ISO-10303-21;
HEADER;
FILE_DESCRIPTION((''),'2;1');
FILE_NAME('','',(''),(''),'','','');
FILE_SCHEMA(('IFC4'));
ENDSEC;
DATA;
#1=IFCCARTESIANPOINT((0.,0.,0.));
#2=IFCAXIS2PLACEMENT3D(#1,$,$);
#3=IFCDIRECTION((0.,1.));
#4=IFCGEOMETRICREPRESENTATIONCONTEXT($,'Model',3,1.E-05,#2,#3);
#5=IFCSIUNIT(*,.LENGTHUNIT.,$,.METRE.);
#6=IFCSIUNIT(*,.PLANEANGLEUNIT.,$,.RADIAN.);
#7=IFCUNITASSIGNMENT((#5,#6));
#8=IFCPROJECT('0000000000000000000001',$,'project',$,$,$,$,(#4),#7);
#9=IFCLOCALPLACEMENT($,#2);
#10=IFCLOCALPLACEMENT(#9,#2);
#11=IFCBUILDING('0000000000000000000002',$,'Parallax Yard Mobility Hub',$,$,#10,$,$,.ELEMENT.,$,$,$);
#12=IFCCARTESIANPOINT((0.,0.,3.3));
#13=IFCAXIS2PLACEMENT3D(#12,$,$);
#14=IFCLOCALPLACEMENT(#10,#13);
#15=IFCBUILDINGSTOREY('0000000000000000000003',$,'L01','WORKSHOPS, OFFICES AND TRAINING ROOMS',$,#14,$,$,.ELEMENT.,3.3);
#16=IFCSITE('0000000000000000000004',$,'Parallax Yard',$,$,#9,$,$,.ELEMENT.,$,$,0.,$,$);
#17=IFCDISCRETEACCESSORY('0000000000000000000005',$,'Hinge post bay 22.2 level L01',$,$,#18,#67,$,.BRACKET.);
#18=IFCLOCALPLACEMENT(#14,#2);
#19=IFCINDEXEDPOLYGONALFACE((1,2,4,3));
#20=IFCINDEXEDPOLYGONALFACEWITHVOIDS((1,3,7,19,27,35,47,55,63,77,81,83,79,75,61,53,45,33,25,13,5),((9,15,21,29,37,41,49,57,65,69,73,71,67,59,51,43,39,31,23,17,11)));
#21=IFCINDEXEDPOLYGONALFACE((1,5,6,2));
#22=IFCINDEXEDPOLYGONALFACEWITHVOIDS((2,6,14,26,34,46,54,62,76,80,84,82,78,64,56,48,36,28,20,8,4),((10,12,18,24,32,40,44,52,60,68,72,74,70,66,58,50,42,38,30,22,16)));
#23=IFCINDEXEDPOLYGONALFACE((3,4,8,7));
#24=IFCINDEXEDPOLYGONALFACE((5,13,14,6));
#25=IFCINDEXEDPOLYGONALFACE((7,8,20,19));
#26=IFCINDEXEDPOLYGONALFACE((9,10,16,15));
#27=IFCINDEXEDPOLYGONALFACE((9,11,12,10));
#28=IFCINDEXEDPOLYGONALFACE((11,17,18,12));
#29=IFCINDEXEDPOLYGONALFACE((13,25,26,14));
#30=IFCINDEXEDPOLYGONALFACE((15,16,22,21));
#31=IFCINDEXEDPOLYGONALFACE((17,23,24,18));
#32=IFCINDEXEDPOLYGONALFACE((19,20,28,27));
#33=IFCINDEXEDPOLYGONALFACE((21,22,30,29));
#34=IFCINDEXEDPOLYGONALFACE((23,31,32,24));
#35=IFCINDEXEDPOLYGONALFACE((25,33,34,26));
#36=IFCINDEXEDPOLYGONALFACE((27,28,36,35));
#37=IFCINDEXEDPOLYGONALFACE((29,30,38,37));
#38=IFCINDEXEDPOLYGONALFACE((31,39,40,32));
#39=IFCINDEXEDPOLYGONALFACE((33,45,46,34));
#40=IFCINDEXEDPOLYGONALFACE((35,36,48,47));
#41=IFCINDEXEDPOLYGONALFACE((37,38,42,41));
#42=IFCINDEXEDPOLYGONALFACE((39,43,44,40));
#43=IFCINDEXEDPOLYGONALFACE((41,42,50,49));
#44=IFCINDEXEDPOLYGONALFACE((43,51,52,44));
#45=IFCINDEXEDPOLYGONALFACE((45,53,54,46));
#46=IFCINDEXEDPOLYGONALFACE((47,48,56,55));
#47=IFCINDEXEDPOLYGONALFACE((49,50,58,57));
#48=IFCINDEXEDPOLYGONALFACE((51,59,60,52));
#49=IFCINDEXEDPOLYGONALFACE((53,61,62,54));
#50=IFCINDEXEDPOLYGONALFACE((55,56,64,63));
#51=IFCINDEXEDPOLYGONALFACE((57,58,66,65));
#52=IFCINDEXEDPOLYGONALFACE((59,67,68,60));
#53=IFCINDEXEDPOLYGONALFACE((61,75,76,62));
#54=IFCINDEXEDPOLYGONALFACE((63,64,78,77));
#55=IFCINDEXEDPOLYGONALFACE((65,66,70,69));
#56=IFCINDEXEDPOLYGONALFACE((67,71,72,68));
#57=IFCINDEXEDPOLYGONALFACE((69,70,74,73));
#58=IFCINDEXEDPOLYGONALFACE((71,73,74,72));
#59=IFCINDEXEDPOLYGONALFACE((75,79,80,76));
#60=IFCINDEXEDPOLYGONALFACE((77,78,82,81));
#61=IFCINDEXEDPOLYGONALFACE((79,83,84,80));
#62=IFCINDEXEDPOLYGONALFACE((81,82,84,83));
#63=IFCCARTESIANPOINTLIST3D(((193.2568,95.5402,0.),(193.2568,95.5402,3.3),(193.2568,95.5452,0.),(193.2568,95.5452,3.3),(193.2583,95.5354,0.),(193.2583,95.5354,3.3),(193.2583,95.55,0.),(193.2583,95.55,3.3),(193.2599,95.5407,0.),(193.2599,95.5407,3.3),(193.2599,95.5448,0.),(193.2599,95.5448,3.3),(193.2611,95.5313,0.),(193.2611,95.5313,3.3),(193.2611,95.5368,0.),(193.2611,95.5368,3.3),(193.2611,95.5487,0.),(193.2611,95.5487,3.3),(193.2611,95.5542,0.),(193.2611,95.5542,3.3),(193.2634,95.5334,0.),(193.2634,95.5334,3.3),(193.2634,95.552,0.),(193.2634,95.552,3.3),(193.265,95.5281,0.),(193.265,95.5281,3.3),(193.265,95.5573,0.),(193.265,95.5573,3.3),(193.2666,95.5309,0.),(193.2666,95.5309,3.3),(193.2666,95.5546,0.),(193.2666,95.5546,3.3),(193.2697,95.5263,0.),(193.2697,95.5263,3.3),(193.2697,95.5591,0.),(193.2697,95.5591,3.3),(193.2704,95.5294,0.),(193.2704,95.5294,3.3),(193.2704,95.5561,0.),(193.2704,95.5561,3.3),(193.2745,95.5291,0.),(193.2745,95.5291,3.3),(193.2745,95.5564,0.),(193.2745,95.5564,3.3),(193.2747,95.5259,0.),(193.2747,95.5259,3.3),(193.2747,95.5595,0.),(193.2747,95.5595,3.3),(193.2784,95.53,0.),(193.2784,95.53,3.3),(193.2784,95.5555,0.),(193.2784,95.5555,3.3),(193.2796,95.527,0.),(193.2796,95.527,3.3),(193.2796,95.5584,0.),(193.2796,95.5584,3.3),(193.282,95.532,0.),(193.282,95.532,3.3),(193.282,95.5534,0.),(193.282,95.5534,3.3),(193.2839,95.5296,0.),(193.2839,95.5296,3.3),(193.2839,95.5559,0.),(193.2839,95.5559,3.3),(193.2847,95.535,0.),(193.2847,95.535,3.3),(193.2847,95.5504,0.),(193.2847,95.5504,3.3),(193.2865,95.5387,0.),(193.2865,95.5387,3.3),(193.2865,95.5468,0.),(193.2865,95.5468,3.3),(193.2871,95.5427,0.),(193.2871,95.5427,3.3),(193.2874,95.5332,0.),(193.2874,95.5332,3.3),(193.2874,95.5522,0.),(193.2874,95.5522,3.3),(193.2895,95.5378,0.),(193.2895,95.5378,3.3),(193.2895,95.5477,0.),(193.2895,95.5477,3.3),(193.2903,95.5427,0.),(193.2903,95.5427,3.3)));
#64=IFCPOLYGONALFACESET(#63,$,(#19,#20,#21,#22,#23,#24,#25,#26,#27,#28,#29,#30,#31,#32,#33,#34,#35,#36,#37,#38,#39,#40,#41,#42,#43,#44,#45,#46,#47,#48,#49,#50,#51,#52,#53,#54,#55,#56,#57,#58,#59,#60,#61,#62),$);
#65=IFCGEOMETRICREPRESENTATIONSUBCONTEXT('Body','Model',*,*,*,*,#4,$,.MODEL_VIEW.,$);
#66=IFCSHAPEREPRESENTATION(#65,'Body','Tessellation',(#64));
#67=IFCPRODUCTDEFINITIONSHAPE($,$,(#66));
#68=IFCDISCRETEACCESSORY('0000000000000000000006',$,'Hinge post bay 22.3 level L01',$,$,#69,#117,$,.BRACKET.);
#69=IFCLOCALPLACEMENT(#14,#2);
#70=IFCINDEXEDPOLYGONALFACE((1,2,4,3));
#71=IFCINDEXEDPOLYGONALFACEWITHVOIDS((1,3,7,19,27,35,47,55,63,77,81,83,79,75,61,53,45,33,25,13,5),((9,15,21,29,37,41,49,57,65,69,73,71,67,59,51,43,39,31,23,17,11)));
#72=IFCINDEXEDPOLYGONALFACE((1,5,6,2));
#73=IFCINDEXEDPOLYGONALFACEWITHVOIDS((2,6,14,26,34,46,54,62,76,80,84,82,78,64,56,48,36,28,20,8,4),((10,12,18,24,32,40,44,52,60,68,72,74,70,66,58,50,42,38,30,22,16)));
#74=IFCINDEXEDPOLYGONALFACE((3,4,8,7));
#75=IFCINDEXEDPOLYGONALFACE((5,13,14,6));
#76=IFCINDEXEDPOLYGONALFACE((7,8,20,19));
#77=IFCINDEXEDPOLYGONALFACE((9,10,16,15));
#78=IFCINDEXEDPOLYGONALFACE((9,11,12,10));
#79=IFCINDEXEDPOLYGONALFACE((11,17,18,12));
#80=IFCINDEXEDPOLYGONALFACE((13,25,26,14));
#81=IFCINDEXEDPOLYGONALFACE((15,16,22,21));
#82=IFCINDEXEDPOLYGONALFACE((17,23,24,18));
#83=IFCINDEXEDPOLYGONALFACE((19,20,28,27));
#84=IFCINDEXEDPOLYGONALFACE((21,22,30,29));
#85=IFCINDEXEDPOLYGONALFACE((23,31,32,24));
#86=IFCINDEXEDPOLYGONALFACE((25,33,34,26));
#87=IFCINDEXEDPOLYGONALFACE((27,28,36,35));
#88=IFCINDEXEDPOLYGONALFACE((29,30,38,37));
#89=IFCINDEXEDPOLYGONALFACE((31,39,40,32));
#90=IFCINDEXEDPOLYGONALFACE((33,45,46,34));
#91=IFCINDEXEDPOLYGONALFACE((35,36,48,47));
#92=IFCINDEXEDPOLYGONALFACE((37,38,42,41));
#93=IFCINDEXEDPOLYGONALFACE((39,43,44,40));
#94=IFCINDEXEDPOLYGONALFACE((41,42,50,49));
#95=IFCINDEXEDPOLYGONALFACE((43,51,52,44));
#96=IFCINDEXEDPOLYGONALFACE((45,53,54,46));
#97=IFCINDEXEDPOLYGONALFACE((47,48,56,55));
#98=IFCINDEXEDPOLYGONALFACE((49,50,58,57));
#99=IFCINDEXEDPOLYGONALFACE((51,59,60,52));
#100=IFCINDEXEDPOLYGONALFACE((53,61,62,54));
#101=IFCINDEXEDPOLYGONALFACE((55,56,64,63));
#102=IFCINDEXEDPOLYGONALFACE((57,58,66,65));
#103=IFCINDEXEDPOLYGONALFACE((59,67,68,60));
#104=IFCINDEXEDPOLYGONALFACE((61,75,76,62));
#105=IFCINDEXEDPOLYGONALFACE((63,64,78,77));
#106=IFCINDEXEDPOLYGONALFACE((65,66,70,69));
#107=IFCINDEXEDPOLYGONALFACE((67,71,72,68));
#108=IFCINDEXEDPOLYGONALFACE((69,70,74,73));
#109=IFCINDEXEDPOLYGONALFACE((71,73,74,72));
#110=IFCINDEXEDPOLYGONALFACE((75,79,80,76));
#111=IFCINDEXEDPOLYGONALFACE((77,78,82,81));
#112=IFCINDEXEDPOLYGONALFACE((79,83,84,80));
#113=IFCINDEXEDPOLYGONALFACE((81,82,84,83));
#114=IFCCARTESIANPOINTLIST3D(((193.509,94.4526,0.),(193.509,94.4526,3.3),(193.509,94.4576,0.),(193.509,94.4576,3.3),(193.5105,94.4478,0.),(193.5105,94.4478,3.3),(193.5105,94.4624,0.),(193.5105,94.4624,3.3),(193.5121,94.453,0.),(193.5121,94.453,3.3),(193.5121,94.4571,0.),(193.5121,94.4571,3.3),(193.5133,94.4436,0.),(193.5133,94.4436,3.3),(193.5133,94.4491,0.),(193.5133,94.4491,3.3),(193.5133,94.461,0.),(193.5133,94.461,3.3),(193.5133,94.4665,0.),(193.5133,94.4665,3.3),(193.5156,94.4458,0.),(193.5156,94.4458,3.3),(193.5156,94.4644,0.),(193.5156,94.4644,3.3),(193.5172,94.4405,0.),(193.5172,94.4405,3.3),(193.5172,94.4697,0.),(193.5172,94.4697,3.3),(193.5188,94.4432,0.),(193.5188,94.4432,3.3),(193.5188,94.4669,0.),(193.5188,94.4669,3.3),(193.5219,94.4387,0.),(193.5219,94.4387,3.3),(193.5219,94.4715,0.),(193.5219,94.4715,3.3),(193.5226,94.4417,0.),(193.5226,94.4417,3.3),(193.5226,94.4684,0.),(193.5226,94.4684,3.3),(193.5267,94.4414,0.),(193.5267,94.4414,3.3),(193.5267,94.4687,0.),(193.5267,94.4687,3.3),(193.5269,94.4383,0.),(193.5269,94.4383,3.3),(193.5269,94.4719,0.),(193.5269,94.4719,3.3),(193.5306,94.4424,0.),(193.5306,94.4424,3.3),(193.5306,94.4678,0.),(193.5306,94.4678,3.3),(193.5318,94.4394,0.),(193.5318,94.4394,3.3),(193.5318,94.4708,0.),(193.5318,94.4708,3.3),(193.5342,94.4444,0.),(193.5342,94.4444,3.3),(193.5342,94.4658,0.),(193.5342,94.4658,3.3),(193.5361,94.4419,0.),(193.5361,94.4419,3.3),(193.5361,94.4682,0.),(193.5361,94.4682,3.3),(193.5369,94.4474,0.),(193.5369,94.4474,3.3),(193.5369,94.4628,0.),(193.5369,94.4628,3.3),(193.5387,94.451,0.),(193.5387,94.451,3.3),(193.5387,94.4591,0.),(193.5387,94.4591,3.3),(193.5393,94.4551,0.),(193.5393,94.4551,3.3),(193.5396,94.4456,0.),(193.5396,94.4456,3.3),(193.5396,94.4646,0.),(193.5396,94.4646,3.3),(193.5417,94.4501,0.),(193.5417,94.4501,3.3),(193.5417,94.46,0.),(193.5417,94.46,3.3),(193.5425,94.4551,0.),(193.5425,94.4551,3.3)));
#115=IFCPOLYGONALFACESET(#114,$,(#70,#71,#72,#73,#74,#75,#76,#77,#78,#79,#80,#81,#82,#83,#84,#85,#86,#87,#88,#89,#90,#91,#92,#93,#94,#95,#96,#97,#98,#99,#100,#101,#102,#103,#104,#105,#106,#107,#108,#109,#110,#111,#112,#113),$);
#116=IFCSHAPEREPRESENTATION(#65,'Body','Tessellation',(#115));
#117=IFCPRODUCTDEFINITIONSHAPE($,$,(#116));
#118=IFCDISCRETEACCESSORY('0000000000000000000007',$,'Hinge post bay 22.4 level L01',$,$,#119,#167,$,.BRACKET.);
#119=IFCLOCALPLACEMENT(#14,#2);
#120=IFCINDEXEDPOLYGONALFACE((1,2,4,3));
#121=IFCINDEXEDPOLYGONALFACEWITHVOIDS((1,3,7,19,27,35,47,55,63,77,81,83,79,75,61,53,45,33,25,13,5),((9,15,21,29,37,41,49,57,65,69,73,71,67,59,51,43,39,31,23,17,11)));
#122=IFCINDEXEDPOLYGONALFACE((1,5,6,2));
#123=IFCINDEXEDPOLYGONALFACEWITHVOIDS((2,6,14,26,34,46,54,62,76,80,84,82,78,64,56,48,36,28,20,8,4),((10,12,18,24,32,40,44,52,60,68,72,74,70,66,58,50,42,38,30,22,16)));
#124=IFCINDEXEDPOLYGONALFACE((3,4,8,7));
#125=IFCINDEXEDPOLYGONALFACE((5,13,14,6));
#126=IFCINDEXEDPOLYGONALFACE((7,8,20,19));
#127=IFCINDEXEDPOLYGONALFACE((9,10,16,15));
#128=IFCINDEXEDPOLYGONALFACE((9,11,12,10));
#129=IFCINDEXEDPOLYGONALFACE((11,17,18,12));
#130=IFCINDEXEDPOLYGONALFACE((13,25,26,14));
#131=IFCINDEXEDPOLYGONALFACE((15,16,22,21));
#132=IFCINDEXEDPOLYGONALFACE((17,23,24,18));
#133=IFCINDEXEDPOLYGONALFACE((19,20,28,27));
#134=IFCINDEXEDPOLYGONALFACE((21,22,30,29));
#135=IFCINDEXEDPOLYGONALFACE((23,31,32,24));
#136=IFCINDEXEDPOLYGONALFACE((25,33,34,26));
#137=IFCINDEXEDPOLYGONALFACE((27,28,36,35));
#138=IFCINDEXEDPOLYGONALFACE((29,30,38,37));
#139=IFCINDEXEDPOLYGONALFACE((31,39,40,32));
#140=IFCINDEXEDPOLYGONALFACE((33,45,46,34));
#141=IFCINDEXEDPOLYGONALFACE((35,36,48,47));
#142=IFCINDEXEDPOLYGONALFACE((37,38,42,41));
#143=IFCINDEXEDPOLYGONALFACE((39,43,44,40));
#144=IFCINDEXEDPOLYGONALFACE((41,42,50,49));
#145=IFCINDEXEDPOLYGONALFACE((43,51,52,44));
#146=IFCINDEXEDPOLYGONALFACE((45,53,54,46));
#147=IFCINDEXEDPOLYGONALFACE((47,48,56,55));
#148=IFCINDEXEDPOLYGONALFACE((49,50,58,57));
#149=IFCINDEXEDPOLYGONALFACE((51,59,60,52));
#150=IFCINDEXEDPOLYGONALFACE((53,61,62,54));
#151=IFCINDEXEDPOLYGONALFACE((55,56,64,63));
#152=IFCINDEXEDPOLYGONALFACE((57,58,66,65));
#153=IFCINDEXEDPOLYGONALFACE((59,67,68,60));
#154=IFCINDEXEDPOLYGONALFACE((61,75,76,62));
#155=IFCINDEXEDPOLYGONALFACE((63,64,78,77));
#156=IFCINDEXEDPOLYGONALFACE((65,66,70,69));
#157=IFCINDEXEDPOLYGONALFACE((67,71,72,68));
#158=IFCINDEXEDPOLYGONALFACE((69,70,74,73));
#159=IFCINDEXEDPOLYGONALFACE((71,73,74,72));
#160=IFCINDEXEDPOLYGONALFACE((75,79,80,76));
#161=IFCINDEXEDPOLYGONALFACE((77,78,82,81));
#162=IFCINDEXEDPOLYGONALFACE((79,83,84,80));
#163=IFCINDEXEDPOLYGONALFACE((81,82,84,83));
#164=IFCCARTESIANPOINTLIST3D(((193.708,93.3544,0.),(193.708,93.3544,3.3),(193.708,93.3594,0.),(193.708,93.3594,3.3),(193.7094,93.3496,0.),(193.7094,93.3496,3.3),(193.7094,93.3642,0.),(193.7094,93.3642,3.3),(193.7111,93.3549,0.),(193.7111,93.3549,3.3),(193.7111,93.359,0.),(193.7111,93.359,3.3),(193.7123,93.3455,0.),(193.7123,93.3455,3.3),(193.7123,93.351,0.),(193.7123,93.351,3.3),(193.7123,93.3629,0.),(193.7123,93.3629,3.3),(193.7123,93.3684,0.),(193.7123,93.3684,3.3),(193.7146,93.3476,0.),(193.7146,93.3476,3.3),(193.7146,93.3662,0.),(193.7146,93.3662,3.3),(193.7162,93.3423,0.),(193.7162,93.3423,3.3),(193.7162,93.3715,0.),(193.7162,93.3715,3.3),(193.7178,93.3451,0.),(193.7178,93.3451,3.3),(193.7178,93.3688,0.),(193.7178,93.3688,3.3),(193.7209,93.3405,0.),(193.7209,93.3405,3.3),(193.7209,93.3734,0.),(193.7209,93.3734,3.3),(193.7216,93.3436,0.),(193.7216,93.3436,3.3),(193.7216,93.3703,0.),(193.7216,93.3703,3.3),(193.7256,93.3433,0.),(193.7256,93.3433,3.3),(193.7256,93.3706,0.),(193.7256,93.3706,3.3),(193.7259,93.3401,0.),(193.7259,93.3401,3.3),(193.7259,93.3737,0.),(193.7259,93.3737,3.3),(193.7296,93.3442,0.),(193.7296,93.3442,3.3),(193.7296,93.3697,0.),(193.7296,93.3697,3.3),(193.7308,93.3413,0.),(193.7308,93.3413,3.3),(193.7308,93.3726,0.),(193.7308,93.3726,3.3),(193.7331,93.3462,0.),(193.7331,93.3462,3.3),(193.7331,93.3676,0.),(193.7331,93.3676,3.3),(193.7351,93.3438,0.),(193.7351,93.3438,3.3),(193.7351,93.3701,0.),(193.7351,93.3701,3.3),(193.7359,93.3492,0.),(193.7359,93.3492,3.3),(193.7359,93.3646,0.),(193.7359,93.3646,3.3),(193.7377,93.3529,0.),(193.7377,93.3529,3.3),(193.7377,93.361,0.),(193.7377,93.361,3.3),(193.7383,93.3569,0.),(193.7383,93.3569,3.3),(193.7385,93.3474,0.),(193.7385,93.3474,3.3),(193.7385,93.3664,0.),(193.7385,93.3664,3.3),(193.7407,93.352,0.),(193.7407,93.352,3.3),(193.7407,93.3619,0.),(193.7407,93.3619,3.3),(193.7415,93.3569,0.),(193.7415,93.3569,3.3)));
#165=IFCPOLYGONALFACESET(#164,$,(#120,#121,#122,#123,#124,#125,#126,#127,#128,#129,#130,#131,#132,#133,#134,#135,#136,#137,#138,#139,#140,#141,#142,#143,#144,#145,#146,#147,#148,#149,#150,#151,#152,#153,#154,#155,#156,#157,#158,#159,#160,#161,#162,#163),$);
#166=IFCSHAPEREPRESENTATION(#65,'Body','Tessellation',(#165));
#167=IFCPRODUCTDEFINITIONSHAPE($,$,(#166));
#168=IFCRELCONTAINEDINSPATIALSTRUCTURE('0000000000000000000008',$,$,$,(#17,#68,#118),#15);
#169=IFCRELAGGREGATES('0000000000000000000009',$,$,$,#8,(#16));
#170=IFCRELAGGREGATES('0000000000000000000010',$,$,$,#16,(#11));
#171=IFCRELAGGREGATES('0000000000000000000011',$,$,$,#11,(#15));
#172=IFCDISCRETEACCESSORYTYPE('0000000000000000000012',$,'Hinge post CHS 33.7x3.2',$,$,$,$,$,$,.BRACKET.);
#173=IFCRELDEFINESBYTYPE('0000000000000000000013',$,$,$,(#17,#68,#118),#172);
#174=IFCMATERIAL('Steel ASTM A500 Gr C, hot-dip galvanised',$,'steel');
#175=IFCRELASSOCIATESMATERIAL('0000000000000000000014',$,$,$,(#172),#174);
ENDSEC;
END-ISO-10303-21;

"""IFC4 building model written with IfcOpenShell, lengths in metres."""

from ifc_helpers import new_model, si_unit, direction, frame, origin, origin_2d, place, context, subcontext, project, spatial, hollow_circle, extrude, material, material_profile, profile_set, type_object, element, save


model = new_model("IFC4")

# Units and contexts
model_context = context("Model", 3, precision=1e-05, world=origin(), true_north=direction((0.0, 1.0)))
body_context = subcontext(model_context, "Body", "Model", "MODEL_VIEW")
ifc_project = project(units=[si_unit("LENGTHUNIT", "METRE"), si_unit("PLANEANGLEUNIT", "RADIAN")], contexts=[model_context])

# Site, building, storey
site_placement = place(None, origin())
site = spatial("IfcSite", under=ifc_project, at=site_placement, Name="Parallax Yard", CompositionType="ELEMENT", RefElevation=0.0)
building_placement = place(site_placement, origin())
building = spatial("IfcBuilding", under=site, at=building_placement, Name="Parallax Yard Mobility Hub", CompositionType="ELEMENT")
storey_placement = place(building_placement, frame((0.0, 0.0, 3.3)))
storey = spatial("IfcBuildingStorey", under=building, at=storey_placement, Name="L01", Description="WORKSHOPS, OFFICES AND TRAINING ROOMS", CompositionType="ELEMENT", Elevation=3.3)

# Discrete accessories
ifc_material_1 = material(Name="Steel ASTM A500 Gr C, hot-dip galvanised", Category="steel")
ifc_material_profile_1 = material_profile(ifc_material_1, hollow_circle(Radius=0.0168, WallThickness=0.0032, at=origin_2d()), Name="CHS 33.7x3.2")
ifc_profile_set_1 = profile_set([ifc_material_profile_1], Name="Steel ASTM A500 Gr C, hot-dip galvanised")
discrete_accessory_type_1 = type_object("IfcDiscreteAccessoryType", Name="Hinge post CHS 33.7x3.2", PredefinedType="BRACKET", material=ifc_profile_set_1)
for number, where, z_axis, x_axis, name in (
    (1, (193.2734, 95.5427, 0.0), (0.0, 0.0, 1.0), (1.0, 0.0, 0.0), "Hinge post bay 22.2 level L01"),
    (2, (193.5256, 94.4551, 0.0), (0.0, 0.0, 1.0), (1.0, 0.0, 0.0), "Hinge post bay 22.3 level L01"),
    (3, (193.7246, 93.3569, 0.0), (0.0, 0.0, 1.0), (1.0, 0.0, 0.0), "Hinge post bay 22.4 level L01"),
):
    element("IfcDiscreteAccessory", number, at=place(storey_placement, frame(where, z_axis=z_axis, x_axis=x_axis)), inside=storey, type_object=discrete_accessory_type_1, Name=name, PredefinedType="BRACKET", context=body_context, shape_type="SweptSolid", body=[
        extrude(hollow_circle(Radius=0.0168, WallThickness=0.0032, at=origin_2d()), origin(), (0.0, 0.0, 1.0), 3.3),
    ])

save(model, "model.ifc")
